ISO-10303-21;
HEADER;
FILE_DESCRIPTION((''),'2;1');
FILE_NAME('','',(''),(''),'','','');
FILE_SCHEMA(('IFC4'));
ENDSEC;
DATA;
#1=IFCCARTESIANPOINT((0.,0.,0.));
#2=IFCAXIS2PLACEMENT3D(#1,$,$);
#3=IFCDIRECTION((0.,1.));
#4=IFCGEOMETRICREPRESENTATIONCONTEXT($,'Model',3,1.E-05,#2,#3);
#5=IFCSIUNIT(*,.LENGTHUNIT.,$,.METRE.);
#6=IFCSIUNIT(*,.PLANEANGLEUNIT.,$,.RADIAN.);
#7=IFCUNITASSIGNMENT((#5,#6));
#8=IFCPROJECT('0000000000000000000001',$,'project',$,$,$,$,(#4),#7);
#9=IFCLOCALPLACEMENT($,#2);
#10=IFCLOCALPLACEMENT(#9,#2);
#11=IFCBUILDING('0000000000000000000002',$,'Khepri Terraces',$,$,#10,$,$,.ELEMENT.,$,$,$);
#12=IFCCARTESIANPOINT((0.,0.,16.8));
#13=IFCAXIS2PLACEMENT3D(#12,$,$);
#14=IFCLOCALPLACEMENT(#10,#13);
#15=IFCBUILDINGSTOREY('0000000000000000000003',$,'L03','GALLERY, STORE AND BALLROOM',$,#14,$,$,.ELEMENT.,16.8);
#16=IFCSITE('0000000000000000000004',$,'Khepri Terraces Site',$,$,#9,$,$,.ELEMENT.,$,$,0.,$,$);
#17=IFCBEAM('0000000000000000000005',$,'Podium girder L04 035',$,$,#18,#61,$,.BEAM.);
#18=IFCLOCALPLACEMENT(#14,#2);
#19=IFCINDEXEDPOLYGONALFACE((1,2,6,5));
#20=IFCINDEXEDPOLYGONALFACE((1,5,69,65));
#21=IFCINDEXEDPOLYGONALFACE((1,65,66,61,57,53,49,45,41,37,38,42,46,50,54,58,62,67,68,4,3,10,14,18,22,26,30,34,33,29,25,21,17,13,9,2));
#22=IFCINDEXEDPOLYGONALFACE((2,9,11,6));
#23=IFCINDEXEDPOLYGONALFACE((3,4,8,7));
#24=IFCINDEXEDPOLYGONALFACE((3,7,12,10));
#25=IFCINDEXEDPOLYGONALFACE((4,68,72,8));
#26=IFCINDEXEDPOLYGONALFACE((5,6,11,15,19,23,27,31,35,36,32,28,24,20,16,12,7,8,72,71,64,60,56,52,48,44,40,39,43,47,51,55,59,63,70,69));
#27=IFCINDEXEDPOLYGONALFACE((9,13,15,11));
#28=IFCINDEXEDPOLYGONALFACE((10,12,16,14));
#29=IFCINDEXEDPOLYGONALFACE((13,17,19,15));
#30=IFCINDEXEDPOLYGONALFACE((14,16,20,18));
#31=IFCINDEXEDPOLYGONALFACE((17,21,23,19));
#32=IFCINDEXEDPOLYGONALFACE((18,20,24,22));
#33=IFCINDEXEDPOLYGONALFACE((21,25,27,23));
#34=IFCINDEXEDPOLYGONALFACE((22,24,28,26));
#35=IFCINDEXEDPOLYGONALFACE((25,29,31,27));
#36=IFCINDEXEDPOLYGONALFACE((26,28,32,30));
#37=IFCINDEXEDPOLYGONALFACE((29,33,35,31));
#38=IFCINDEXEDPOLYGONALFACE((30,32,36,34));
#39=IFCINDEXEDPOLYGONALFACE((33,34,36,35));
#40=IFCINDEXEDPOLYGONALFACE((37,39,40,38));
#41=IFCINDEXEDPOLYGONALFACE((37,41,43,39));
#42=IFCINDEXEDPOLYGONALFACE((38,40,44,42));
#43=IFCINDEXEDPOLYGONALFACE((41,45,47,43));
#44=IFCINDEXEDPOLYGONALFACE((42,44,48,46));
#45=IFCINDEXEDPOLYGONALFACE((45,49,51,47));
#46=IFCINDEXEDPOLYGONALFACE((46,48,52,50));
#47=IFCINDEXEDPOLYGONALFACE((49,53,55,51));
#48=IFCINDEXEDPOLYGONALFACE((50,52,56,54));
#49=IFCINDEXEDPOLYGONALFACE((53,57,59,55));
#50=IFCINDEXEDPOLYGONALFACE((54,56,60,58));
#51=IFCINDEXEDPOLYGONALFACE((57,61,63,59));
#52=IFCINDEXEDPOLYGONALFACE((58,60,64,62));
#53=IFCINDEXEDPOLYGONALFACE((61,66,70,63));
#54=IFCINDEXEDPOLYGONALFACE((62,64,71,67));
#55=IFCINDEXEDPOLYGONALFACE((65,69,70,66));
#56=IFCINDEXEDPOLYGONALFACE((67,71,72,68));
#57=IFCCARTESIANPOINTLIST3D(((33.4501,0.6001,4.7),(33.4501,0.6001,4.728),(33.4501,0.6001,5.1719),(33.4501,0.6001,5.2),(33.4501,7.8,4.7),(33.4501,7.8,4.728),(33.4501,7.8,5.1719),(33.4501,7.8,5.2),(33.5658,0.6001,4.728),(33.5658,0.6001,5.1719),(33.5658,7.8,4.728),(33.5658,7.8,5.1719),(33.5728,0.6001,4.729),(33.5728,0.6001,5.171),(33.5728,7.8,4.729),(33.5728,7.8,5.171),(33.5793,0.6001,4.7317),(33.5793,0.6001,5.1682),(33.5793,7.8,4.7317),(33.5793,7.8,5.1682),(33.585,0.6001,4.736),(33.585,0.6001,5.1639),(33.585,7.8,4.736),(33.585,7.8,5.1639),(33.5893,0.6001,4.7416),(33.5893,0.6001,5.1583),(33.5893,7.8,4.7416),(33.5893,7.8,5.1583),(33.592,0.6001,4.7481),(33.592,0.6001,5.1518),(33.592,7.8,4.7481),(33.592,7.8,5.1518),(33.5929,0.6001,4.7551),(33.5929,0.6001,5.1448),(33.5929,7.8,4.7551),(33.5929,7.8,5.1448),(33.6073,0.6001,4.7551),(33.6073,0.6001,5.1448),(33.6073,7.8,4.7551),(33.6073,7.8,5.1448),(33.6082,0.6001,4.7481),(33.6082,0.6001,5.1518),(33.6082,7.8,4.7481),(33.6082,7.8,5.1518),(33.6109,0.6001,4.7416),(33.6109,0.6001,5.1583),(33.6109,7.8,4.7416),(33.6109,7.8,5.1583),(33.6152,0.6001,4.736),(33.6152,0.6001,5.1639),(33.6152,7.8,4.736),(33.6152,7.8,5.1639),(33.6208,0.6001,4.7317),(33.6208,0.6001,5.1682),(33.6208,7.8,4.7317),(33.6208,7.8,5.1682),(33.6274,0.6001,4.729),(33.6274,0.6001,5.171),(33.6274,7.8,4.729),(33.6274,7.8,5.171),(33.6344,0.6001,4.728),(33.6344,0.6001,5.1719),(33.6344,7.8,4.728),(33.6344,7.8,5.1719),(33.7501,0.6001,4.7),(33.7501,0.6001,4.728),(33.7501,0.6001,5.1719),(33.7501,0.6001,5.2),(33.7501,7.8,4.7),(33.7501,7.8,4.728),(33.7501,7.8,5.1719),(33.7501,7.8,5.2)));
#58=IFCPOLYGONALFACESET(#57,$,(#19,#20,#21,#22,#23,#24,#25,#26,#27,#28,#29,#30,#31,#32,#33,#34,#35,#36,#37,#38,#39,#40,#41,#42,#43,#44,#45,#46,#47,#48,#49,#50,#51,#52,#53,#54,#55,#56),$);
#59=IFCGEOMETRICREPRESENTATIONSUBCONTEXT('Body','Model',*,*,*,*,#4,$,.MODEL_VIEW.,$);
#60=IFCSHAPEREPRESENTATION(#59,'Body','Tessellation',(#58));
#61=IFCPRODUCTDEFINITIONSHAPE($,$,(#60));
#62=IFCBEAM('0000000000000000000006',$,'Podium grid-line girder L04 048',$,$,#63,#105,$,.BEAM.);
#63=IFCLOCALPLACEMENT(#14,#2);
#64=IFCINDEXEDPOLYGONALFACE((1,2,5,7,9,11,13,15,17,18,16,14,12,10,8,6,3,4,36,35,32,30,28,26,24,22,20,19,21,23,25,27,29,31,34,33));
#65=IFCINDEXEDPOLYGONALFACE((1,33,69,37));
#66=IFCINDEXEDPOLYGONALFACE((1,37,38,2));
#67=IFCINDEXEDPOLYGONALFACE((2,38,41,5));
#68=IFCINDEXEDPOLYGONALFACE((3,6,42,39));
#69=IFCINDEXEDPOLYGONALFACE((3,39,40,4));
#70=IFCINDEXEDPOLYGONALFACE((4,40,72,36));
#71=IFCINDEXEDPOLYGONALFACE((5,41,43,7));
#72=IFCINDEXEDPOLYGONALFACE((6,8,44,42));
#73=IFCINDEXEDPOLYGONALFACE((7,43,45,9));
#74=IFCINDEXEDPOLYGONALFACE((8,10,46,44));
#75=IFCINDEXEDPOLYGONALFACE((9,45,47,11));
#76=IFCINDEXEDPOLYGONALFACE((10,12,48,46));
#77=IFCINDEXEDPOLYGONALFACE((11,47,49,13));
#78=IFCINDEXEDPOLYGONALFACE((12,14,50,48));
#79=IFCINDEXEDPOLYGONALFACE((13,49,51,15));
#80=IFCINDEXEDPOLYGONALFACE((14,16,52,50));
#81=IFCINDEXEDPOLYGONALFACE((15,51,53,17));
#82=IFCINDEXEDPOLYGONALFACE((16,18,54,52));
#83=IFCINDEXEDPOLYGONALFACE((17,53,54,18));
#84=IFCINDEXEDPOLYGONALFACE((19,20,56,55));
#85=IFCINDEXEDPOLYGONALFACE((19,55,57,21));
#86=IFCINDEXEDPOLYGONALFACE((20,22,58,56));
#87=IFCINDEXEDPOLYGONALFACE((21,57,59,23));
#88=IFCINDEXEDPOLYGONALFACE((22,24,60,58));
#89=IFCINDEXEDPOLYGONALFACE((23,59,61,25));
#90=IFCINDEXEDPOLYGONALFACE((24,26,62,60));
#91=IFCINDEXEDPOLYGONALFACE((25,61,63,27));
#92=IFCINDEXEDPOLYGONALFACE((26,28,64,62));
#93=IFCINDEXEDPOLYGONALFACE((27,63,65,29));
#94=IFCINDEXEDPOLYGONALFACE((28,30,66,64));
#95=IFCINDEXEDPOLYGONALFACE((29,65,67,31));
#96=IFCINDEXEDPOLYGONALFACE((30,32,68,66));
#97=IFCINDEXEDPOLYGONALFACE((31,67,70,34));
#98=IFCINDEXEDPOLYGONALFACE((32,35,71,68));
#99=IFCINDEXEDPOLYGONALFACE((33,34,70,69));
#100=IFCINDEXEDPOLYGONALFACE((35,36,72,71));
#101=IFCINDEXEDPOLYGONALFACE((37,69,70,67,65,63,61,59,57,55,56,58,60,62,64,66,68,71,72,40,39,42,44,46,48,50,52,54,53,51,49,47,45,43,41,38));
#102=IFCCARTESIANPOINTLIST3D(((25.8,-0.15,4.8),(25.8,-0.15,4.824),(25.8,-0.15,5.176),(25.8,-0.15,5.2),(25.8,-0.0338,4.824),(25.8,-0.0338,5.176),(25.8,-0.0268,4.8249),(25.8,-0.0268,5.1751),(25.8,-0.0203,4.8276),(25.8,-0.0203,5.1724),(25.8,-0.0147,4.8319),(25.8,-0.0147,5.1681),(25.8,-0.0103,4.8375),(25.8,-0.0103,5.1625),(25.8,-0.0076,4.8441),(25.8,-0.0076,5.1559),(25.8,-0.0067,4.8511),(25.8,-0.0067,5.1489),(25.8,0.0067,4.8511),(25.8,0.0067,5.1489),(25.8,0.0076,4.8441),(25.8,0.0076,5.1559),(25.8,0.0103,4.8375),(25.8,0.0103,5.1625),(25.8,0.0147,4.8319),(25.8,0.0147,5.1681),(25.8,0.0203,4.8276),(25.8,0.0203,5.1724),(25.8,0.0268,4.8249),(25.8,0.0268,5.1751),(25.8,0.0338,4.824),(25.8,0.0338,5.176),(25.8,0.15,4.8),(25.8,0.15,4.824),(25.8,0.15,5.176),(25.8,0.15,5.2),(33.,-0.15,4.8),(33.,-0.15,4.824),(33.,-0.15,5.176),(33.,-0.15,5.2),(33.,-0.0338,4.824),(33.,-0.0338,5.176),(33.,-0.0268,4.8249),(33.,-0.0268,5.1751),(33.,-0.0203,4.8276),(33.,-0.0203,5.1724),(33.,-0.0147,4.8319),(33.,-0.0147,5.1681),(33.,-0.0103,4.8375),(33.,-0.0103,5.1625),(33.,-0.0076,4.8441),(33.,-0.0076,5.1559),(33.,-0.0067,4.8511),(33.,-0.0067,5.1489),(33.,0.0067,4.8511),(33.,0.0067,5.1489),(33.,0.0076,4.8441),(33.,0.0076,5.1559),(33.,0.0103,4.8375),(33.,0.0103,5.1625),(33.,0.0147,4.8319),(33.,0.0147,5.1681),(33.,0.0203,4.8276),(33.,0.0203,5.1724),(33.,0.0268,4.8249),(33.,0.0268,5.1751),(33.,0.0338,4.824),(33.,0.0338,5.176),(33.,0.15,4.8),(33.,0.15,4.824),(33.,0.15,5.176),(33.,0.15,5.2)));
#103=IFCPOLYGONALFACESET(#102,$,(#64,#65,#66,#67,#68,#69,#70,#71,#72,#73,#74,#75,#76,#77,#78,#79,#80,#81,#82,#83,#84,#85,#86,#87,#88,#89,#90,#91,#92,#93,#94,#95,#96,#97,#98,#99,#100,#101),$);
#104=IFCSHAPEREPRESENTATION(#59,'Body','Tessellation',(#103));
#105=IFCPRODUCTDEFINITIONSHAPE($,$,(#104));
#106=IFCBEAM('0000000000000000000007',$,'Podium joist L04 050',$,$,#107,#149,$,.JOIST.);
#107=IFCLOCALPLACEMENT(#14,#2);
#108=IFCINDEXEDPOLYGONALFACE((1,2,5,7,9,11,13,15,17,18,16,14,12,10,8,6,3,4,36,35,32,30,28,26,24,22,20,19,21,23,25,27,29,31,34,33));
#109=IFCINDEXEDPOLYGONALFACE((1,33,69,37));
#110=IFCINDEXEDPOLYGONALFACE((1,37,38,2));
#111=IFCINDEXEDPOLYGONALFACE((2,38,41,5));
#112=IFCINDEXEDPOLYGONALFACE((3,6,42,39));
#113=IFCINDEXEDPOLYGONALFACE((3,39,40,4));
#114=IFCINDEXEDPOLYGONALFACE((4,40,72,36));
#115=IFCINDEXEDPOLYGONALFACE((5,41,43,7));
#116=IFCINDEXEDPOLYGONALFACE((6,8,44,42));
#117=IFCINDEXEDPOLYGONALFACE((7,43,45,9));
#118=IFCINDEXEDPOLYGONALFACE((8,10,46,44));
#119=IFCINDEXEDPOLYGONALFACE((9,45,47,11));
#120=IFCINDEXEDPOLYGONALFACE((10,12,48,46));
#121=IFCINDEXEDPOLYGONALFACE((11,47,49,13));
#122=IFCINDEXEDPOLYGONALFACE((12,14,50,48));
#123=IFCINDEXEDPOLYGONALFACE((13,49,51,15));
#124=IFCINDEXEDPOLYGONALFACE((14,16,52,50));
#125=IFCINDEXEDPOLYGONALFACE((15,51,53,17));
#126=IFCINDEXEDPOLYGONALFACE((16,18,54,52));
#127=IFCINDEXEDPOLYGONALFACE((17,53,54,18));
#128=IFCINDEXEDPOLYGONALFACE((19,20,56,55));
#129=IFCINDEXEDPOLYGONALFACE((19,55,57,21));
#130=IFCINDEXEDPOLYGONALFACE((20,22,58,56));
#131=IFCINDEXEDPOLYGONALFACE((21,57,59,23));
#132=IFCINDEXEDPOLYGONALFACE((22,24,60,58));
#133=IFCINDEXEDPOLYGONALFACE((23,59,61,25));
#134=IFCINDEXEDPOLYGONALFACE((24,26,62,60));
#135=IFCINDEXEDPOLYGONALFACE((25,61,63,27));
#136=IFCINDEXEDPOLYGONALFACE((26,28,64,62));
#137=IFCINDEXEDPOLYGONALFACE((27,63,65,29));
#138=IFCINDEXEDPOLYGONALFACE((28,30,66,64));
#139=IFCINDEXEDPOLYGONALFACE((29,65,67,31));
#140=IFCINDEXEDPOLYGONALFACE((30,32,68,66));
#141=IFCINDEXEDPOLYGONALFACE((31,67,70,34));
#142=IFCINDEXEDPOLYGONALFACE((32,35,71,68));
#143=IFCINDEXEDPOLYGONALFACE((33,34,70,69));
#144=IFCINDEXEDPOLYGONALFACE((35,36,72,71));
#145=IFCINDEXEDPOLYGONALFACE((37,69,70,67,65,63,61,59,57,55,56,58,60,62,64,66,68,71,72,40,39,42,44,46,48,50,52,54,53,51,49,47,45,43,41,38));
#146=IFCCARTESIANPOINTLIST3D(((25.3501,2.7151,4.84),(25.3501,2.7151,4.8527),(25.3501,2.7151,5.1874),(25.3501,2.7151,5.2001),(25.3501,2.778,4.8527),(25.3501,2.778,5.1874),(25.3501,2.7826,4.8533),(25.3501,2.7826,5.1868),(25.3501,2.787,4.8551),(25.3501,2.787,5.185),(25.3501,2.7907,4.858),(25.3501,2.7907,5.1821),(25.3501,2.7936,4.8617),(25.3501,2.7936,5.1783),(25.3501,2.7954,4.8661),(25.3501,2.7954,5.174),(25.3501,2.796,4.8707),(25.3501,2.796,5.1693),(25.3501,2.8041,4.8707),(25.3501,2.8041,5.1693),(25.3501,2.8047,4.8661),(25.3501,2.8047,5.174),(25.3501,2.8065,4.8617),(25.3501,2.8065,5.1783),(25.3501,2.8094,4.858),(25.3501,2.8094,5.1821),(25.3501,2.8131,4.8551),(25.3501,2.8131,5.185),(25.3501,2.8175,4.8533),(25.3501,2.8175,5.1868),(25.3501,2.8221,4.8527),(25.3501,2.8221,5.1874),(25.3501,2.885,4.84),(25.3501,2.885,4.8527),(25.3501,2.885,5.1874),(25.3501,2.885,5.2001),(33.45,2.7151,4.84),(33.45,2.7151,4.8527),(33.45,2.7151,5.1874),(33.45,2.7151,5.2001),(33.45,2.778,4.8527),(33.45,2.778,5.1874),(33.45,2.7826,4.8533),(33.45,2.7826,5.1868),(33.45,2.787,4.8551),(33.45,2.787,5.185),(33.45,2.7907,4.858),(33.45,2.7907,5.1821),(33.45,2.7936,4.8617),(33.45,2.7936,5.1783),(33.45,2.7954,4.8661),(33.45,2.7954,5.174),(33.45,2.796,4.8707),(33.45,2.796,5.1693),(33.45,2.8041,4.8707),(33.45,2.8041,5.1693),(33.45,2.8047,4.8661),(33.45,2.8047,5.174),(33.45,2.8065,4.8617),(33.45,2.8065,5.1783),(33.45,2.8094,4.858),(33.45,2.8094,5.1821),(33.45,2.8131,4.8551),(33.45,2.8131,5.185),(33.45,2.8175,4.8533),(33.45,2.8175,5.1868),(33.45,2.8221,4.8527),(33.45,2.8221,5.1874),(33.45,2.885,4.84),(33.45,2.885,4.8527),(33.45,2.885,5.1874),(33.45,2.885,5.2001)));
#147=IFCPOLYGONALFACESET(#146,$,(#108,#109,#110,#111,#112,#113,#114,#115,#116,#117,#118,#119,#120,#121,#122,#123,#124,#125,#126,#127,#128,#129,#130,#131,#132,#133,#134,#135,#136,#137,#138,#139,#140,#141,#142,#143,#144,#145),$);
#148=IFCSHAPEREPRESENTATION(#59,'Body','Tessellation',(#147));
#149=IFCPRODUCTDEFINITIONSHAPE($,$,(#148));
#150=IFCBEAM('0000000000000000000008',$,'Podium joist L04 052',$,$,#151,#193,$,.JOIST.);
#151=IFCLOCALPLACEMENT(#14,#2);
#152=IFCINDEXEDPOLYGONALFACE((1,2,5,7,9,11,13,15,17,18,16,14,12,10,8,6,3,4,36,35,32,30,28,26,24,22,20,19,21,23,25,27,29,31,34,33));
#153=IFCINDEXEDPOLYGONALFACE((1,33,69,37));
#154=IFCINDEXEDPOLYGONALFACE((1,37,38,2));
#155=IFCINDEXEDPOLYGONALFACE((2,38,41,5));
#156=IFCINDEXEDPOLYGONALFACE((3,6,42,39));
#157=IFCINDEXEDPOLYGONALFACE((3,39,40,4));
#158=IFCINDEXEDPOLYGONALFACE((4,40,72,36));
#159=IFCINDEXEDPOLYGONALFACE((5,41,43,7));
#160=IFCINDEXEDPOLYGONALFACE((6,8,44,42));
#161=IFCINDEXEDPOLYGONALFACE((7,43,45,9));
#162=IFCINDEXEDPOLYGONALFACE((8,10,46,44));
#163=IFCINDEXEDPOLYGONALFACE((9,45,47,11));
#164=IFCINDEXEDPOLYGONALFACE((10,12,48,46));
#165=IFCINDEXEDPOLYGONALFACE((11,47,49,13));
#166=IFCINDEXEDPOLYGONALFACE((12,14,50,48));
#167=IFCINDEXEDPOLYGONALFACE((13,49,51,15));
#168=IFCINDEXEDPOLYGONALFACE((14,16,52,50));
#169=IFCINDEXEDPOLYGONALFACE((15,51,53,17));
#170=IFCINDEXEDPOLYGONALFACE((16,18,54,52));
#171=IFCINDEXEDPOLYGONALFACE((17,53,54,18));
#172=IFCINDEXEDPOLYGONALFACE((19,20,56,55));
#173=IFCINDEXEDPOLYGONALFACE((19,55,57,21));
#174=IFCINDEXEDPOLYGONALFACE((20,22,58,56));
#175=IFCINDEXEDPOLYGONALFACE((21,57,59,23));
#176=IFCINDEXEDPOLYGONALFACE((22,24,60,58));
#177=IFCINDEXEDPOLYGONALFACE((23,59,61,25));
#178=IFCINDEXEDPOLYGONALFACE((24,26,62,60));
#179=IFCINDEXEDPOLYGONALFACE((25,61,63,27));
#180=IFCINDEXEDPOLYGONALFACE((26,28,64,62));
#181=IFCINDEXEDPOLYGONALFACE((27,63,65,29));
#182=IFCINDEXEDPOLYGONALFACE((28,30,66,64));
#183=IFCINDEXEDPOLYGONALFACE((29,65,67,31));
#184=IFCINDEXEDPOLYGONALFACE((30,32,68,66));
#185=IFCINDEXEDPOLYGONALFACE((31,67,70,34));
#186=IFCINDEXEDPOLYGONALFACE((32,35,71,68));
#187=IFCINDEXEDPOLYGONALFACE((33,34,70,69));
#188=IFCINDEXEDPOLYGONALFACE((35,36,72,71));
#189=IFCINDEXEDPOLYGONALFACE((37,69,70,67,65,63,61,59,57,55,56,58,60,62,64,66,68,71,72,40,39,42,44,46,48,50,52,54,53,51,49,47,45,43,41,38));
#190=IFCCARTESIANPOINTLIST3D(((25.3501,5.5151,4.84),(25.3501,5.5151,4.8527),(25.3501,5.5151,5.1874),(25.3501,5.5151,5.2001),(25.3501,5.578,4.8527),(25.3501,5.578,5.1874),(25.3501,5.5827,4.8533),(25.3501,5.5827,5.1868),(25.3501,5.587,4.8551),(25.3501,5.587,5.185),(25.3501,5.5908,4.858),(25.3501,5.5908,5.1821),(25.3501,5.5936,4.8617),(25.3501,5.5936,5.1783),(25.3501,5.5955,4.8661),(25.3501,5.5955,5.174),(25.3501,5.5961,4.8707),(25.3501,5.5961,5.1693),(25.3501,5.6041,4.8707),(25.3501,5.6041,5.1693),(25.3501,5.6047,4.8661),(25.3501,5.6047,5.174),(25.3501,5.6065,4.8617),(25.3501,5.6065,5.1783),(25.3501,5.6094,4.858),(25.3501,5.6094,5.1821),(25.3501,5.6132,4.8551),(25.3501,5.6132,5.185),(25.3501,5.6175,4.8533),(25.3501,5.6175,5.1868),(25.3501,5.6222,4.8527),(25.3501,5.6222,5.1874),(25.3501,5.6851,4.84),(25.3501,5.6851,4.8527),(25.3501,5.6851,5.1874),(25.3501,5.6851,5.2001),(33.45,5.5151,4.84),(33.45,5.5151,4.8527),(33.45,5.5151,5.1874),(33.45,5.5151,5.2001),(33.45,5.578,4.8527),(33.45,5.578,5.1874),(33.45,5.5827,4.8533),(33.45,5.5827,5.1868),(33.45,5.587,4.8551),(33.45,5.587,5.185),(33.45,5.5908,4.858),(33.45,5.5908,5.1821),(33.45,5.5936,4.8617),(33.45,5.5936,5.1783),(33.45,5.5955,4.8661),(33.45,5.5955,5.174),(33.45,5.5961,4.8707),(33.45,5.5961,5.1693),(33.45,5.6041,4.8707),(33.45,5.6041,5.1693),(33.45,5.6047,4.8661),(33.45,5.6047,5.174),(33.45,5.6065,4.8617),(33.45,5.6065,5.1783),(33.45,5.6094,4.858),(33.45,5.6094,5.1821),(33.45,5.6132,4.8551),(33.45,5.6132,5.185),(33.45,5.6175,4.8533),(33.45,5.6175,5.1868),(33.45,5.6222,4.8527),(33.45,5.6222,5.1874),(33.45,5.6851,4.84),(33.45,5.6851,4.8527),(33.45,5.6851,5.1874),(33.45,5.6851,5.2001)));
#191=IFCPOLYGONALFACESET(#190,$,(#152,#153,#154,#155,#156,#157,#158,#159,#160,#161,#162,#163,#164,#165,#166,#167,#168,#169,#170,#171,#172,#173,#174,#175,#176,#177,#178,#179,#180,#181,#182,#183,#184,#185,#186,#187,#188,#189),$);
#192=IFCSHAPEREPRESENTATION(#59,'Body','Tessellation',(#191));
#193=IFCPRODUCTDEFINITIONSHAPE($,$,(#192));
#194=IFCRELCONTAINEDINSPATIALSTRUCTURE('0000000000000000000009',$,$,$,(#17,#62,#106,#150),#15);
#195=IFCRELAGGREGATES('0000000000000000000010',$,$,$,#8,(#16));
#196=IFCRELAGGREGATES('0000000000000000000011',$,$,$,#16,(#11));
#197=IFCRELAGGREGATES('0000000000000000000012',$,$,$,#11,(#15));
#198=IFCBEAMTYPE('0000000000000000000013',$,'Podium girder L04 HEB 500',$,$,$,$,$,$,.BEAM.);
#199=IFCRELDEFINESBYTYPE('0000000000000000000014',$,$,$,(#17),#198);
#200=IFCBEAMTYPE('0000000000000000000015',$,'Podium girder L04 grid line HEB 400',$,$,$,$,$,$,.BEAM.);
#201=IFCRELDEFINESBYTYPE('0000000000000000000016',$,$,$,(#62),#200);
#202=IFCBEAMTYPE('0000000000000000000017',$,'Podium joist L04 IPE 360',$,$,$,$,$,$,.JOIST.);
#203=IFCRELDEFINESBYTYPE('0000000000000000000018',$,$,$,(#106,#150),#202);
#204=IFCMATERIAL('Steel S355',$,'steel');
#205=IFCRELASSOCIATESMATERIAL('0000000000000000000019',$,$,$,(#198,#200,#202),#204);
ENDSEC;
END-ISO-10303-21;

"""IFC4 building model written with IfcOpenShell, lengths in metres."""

from ifc_helpers import new_model, si_unit, direction, frame, origin, origin_2d, place, context, subcontext, project, spatial, i_section, extrude, material, material_profile, profile_set, type_object, element, save


model = new_model("IFC4")

# Units and contexts
model_context = context("Model", 3, precision=1e-05, world=origin(), true_north=direction((0.0, 1.0)))
body_context = subcontext(model_context, "Body", "Model", "MODEL_VIEW")
ifc_project = project(units=[si_unit("LENGTHUNIT", "METRE"), si_unit("PLANEANGLEUNIT", "RADIAN")], contexts=[model_context])

# Site, building, storey
site_placement = place(None, origin())
site = spatial("IfcSite", under=ifc_project, at=site_placement, Name="Khepri Terraces Site", CompositionType="ELEMENT", RefElevation=0.0)
building_placement = place(site_placement, origin())
building = spatial("IfcBuilding", under=site, at=building_placement, Name="Khepri Terraces", CompositionType="ELEMENT")
storey_placement = place(building_placement, frame((0.0, 0.0, 16.8)))
storey = spatial("IfcBuildingStorey", under=building, at=storey_placement, Name="L03", Description="GALLERY, STORE AND BALLROOM", CompositionType="ELEMENT", Elevation=16.8)

# Beams
ifc_material_1 = material(Name="Steel S355", Category="steel")
ifc_material_profile_1 = material_profile(ifc_material_1, i_section(OverallWidth=0.3, OverallDepth=0.5, WebThickness=0.0144, FlangeThickness=0.0281, FilletRadius=0.0271, at=origin_2d()), Name="Steel S355", Category="steel")
ifc_profile_set_1 = profile_set([ifc_material_profile_1], Name="Steel S355")
beam_type_1 = type_object("IfcBeamType", Name="Podium girder L04 HEB 500", PredefinedType="BEAM", material=ifc_profile_set_1)
beam_1_placement = place(storey_placement, frame((33.6001, 0.6001, 4.95), z_axis=(0.0, 1.0, 0.0), x_axis=(-1.0, 0.0, 0.0)))
element("IfcBeam", 1, at=beam_1_placement, inside=storey, type_object=beam_type_1, Name="Podium girder L04 035", PredefinedType="BEAM", context=body_context, shape_type="SweptSolid", body=[
    extrude(i_section(OverallWidth=0.3, OverallDepth=0.5, WebThickness=0.0144, FlangeThickness=0.0281, FilletRadius=0.0271, at=origin_2d()), origin(), (0.0, 0.0, 1.0), 7.2),
])
ifc_material_profile_2 = material_profile(ifc_material_1, i_section(OverallWidth=0.3, OverallDepth=0.3999, WebThickness=0.0134, FlangeThickness=0.0239, FilletRadius=0.0271, at=origin_2d()), Name="Steel S355", Category="steel")
ifc_profile_set_2 = profile_set([ifc_material_profile_2], Name="Steel S355")
beam_type_2 = type_object("IfcBeamType", Name="Podium girder L04 grid line HEB 400", PredefinedType="BEAM", material=ifc_profile_set_2)
beam_2_placement = place(storey_placement, frame((25.8, 0.0, 5.0), z_axis=(1.0, 0.0, 0.0), x_axis=(0.0, 1.0, 0.0)))
element("IfcBeam", 2, at=beam_2_placement, inside=storey, type_object=beam_type_2, Name="Podium grid-line girder L04 048", PredefinedType="BEAM", context=body_context, shape_type="SweptSolid", body=[
    extrude(i_section(OverallWidth=0.3, OverallDepth=0.3999, WebThickness=0.0134, FlangeThickness=0.0239, FilletRadius=0.0271, at=origin_2d()), origin(), (0.0, 0.0, 1.0), 7.2),
])
ifc_material_profile_3 = material_profile(ifc_material_1, i_section(OverallWidth=0.1699, OverallDepth=0.3601, WebThickness=0.0081, FlangeThickness=0.0127, FilletRadius=0.0181, at=origin_2d()), Name="Steel S355", Category="steel")
ifc_profile_set_3 = profile_set([ifc_material_profile_3], Name="Steel S355")
beam_type_3 = type_object("IfcBeamType", Name="Podium joist L04 IPE 360", PredefinedType="JOIST", material=ifc_profile_set_3)
for number, where, z_axis, x_axis, name in (
    (3, (25.3501, 2.8, 5.02), (1.0, 0.0, 0.0), (0.0, 1.0, 0.0), "Podium joist L04 050"),
    (4, (25.3501, 5.6001, 5.02), (1.0, 0.0, 0.0), (0.0, 1.0, 0.0), "Podium joist L04 052"),
):
    element("IfcBeam", number, at=place(storey_placement, frame(where, z_axis=z_axis, x_axis=x_axis)), inside=storey, type_object=beam_type_3, Name=name, PredefinedType="JOIST", context=body_context, shape_type="SweptSolid", body=[
        extrude(i_section(OverallWidth=0.1699, OverallDepth=0.3601, WebThickness=0.0081, FlangeThickness=0.0127, FilletRadius=0.0181, at=origin_2d()), origin(), (0.0, 0.0, 1.0), 8.0999),
    ])

save(model, "model.ifc")
